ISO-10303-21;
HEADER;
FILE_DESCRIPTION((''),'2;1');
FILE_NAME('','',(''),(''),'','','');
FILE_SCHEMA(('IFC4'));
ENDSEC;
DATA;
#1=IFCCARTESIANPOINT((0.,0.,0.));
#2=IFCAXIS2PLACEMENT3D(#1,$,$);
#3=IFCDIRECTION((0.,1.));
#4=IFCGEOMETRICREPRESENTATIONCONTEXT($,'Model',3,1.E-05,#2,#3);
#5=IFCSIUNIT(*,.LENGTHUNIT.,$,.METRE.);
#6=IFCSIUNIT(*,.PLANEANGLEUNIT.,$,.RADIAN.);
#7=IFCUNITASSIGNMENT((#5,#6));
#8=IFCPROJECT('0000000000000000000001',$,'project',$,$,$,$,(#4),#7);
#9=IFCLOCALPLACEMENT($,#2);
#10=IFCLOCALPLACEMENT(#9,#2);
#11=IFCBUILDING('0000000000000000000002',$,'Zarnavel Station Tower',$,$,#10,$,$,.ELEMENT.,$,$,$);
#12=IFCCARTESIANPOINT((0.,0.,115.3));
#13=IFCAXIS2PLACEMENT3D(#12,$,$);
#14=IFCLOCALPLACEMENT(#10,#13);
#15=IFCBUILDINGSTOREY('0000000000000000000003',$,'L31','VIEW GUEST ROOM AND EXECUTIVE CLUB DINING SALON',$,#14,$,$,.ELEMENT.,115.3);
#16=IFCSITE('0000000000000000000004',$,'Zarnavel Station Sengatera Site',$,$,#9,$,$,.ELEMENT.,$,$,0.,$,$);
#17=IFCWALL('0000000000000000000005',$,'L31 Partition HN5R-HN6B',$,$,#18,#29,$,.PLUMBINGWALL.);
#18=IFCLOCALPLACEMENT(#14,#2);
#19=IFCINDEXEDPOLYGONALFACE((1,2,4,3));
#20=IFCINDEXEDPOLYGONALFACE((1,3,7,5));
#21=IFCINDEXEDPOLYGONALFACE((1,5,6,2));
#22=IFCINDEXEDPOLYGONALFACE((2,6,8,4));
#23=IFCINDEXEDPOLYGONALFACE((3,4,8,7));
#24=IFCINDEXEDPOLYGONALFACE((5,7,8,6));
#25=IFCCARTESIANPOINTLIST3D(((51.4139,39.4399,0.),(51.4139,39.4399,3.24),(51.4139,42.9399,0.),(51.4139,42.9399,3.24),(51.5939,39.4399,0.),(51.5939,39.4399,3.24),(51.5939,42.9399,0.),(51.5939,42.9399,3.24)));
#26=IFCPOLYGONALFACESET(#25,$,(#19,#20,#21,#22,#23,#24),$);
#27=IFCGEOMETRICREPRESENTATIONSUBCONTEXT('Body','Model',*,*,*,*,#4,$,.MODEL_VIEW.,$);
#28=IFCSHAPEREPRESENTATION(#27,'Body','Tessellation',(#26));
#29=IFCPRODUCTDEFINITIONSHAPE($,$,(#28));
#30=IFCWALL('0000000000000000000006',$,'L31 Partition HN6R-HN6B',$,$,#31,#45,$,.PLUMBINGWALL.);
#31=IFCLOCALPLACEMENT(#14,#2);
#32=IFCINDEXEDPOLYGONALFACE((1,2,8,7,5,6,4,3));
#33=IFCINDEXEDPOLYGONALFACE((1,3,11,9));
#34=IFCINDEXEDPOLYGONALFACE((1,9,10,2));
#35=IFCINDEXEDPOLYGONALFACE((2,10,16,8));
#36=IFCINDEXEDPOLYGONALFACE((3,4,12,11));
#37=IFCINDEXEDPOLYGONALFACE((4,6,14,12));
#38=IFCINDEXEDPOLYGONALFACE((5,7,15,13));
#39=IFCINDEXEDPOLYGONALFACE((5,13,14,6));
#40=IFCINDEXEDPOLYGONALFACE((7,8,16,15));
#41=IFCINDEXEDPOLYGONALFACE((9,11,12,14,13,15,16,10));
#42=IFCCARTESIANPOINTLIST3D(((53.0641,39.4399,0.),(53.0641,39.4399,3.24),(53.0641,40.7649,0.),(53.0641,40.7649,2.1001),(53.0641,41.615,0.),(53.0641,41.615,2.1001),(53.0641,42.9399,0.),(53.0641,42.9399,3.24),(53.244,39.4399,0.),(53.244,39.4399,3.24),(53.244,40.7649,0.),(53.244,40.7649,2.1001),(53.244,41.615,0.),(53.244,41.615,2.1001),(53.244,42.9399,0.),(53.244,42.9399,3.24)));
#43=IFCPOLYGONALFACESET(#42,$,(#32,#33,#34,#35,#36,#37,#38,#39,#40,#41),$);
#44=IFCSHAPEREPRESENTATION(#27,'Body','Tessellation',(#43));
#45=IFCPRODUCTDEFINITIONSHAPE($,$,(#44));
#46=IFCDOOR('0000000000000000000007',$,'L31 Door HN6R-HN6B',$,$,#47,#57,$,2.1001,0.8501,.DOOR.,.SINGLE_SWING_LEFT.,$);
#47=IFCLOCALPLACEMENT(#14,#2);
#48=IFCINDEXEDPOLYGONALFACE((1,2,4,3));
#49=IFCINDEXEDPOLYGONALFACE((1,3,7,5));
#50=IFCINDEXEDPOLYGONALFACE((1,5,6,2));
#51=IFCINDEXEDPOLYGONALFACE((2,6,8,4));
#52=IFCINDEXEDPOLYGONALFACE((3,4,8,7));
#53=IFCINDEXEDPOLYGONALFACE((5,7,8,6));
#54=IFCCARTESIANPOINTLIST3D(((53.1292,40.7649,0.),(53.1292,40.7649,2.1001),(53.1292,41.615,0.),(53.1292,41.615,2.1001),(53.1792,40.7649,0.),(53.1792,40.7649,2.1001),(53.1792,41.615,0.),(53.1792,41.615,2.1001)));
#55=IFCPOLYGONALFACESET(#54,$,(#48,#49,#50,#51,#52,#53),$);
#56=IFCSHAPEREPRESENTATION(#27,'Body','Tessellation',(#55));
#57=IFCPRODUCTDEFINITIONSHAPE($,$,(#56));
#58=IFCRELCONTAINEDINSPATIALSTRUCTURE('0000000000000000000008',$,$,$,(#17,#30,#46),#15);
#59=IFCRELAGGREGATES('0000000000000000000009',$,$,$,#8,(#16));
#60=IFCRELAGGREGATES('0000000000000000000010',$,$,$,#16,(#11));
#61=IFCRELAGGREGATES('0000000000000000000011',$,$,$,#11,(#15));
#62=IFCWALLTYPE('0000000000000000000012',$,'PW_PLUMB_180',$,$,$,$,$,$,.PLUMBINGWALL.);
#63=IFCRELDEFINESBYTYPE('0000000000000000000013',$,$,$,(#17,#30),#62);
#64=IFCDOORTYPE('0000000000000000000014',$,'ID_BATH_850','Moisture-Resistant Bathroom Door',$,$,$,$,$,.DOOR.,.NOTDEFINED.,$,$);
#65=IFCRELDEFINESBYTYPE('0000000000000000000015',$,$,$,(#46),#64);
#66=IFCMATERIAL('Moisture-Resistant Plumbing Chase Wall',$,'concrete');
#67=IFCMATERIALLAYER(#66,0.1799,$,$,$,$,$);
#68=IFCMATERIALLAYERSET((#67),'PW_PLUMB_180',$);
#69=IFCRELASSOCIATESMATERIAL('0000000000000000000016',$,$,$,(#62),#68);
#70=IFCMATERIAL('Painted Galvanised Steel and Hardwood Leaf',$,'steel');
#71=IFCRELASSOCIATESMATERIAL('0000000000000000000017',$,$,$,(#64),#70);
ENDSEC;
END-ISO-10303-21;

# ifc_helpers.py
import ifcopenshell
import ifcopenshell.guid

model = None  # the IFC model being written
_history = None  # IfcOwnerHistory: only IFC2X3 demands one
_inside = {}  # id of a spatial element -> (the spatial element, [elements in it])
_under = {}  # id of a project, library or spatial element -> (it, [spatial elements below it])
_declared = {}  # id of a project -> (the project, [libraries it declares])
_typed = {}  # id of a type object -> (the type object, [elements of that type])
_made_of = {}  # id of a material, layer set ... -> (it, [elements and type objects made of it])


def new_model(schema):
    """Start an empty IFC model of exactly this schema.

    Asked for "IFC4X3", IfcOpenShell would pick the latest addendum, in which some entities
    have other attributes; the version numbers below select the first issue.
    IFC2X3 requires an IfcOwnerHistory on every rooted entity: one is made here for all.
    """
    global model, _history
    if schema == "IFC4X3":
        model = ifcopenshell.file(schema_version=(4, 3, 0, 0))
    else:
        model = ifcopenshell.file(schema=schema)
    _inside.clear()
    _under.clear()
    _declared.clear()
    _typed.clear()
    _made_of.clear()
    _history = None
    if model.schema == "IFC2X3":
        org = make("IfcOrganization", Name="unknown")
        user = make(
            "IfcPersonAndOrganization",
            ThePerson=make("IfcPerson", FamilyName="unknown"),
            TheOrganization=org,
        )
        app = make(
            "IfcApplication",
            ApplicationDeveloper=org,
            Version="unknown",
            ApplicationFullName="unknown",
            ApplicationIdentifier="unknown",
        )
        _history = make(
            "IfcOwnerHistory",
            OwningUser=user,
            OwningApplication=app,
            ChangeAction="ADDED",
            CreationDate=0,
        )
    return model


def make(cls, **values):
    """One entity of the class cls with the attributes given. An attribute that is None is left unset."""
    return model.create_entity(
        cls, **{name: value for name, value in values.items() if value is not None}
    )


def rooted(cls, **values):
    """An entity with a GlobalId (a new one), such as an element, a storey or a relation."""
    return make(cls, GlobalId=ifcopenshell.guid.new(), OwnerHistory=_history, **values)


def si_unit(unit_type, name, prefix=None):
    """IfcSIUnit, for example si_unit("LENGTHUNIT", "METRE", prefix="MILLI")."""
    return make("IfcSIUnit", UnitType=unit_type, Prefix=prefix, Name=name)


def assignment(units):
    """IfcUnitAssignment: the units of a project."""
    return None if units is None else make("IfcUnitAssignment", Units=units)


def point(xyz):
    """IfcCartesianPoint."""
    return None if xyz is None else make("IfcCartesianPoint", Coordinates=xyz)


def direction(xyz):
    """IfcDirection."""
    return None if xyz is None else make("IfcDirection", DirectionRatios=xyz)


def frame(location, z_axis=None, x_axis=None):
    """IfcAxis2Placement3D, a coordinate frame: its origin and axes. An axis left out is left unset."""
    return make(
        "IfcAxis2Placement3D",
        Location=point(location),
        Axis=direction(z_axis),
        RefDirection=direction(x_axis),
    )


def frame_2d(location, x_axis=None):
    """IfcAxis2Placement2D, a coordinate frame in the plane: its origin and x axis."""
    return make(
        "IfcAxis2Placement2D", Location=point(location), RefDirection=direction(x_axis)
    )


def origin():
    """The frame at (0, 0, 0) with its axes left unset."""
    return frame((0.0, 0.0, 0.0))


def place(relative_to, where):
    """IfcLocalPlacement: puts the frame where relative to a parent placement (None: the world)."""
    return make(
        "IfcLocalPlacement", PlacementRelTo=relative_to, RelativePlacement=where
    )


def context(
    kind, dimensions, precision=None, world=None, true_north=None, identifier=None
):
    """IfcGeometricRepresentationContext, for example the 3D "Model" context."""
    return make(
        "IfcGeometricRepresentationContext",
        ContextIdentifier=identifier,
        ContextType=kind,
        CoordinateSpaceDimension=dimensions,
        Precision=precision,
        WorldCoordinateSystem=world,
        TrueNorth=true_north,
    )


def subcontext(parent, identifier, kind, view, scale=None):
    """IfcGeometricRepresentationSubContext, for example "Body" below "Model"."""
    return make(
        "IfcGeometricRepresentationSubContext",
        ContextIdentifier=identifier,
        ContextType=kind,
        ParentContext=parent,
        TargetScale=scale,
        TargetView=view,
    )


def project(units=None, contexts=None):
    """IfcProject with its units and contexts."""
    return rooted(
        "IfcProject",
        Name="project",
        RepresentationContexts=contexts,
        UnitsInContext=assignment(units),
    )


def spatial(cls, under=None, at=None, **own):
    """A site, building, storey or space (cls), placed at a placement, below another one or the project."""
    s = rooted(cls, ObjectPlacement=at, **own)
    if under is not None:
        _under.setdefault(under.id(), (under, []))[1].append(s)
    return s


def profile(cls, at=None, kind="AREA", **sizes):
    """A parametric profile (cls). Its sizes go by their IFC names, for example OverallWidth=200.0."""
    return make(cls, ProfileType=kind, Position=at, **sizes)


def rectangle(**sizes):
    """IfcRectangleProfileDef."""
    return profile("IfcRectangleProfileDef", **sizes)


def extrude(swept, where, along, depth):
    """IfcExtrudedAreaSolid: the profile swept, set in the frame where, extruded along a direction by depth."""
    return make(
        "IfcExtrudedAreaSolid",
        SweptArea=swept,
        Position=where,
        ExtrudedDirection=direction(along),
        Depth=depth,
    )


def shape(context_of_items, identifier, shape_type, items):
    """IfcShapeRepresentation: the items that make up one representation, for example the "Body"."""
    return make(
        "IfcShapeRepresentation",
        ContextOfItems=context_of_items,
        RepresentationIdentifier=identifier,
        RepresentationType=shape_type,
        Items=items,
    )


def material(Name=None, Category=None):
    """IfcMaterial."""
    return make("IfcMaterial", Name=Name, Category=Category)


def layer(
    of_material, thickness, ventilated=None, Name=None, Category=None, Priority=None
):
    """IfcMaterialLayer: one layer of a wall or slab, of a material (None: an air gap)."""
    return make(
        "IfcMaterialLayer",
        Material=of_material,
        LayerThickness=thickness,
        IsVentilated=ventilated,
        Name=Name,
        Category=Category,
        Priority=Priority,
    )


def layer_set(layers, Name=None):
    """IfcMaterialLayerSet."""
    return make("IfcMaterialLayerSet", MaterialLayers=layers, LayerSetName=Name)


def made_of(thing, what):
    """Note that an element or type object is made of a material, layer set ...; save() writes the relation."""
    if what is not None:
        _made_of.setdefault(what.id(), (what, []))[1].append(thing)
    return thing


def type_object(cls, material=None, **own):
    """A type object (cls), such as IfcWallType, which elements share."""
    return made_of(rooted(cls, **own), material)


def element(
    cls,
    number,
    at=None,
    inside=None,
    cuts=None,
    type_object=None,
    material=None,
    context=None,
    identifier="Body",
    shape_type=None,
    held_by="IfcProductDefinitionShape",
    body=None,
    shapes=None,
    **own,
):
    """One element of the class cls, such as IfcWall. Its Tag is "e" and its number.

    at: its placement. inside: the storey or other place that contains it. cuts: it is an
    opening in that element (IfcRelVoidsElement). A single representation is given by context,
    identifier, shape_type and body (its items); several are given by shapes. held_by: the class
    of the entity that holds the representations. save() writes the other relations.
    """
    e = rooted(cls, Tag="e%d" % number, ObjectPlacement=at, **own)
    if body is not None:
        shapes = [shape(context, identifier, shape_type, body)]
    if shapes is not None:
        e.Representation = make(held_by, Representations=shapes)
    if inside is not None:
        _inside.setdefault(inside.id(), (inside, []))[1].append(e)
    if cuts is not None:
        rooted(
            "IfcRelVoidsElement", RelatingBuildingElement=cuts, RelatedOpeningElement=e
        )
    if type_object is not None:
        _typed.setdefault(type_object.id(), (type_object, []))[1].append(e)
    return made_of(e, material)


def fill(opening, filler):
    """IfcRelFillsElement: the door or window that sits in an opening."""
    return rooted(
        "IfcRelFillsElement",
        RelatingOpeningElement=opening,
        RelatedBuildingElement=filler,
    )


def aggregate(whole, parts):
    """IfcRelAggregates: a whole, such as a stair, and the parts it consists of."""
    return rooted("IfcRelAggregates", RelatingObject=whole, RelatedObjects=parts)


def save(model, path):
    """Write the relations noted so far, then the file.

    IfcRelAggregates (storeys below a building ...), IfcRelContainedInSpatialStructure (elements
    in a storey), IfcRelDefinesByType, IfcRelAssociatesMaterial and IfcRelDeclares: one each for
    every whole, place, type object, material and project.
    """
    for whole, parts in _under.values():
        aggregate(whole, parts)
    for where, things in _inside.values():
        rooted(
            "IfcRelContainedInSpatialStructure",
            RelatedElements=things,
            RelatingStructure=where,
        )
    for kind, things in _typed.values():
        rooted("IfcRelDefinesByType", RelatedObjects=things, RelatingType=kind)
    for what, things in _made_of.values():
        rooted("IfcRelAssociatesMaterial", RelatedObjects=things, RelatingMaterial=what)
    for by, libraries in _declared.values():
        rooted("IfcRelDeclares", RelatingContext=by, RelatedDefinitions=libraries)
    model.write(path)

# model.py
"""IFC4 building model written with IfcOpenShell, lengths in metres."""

from ifc_helpers import new_model, si_unit, direction, frame, frame_2d, origin, place, context, subcontext, project, spatial, rectangle, extrude, material, layer, layer_set, type_object, element, fill, save


model = new_model("IFC4")

# Units and contexts
model_context = context("Model", 3, precision=1e-05, world=origin(), true_north=direction((0.0, 1.0)))
body_context = subcontext(model_context, "Body", "Model", "MODEL_VIEW")
ifc_project = project(units=[si_unit("LENGTHUNIT", "METRE"), si_unit("PLANEANGLEUNIT", "RADIAN")], contexts=[model_context])

# Site, building, storey
site_placement = place(None, origin())
site = spatial("IfcSite", under=ifc_project, at=site_placement, Name="Zarnavel Station Sengatera Site", CompositionType="ELEMENT", RefElevation=0.0)
building_placement = place(site_placement, origin())
building = spatial("IfcBuilding", under=site, at=building_placement, Name="Zarnavel Station Tower", CompositionType="ELEMENT")
storey_placement = place(building_placement, frame((0.0, 0.0, 115.3)))
storey = spatial("IfcBuildingStorey", under=building, at=storey_placement, Name="L31", Description="VIEW GUEST ROOM AND EXECUTIVE CLUB DINING SALON", CompositionType="ELEMENT", Elevation=115.3)

# Shared definitions
ifc_material_1 = material(Name="Moisture-Resistant Plumbing Chase Wall", Category="concrete")
ifc_layer_1 = layer(ifc_material_1, 0.1799)
ifc_layer_set_1 = layer_set([ifc_layer_1], Name="PW_PLUMB_180")
wall_type_1 = type_object("IfcWallType", Name="PW_PLUMB_180", PredefinedType="PLUMBINGWALL", material=ifc_layer_set_1)

# Shared definitions
ifc_material_2 = material(Name="Painted Galvanised Steel and Hardwood Leaf", Category="steel")
door_type_1 = type_object("IfcDoorType", Name="ID_BATH_850", Description="Moisture-Resistant Bathroom Door", OperationType="NOTDEFINED", PredefinedType="DOOR", material=ifc_material_2)

# Wall
wall_1_placement = place(storey_placement, frame((51.5039, 39.4399, 0.0), z_axis=(0.0, 0.0, 1.0), x_axis=(0.0, 1.0, 0.0)))
element("IfcWall", 1, at=wall_1_placement, inside=storey, type_object=wall_type_1, Name="L31 Partition HN5R-HN6B", PredefinedType="PLUMBINGWALL", context=body_context, shape_type="SweptSolid", body=[
    extrude(rectangle(XDim=3.5, YDim=0.1799, at=frame_2d((1.75, 0.0))), origin(), (0.0, 0.0, 1.0), 3.24),
])

# Wall, opening, door
wall_2_placement = place(storey_placement, frame((53.1541, 39.4399, 0.0), z_axis=(0.0, 0.0, 1.0), x_axis=(0.0, 1.0, 0.0)))
wall_2 = element("IfcWall", 2, at=wall_2_placement, inside=storey, type_object=wall_type_1, Name="L31 Partition HN6R-HN6B", PredefinedType="PLUMBINGWALL", context=body_context, shape_type="SweptSolid", body=[
    extrude(rectangle(XDim=3.5, YDim=0.1799, at=frame_2d((1.75, 0.0))), origin(), (0.0, 0.0, 1.0), 3.24),
])
opening_1_placement = place(wall_2_placement, frame((1.325, 0.0, 0.0)))
opening_1 = element("IfcOpeningElement", 3, at=opening_1_placement, cuts=wall_2, PredefinedType="OPENING", context=body_context, shape_type="SweptSolid", body=[
    extrude(rectangle(XDim=0.8501, YDim=2.1001, at=frame_2d((0.425, 1.05))), frame((0.0, 0.0999, 0.0), z_axis=(0.0, -1.0, 0.0), x_axis=(1.0, 0.0, 0.0)), (0.0, 0.0, 1.0), 0.2),
])
door_1_placement = place(opening_1_placement, origin())
door_1 = element("IfcDoor", 4, at=door_1_placement, inside=storey, type_object=door_type_1, Name="L31 Door HN6R-HN6B", OperationType="SINGLE_SWING_LEFT", OverallHeight=2.1001, OverallWidth=0.8501, PredefinedType="DOOR", context=body_context, shape_type="SweptSolid", body=[
    extrude(rectangle(XDim=0.8501, YDim=2.1001, at=frame_2d((0.425, 1.05))), frame((0.0, 0.0249, 0.0), z_axis=(0.0, -1.0, 0.0), x_axis=(1.0, 0.0, 0.0)), (0.0, 0.0, 1.0), 0.05),
])
fill(opening_1, door_1)

save(model, "model.ifc")
